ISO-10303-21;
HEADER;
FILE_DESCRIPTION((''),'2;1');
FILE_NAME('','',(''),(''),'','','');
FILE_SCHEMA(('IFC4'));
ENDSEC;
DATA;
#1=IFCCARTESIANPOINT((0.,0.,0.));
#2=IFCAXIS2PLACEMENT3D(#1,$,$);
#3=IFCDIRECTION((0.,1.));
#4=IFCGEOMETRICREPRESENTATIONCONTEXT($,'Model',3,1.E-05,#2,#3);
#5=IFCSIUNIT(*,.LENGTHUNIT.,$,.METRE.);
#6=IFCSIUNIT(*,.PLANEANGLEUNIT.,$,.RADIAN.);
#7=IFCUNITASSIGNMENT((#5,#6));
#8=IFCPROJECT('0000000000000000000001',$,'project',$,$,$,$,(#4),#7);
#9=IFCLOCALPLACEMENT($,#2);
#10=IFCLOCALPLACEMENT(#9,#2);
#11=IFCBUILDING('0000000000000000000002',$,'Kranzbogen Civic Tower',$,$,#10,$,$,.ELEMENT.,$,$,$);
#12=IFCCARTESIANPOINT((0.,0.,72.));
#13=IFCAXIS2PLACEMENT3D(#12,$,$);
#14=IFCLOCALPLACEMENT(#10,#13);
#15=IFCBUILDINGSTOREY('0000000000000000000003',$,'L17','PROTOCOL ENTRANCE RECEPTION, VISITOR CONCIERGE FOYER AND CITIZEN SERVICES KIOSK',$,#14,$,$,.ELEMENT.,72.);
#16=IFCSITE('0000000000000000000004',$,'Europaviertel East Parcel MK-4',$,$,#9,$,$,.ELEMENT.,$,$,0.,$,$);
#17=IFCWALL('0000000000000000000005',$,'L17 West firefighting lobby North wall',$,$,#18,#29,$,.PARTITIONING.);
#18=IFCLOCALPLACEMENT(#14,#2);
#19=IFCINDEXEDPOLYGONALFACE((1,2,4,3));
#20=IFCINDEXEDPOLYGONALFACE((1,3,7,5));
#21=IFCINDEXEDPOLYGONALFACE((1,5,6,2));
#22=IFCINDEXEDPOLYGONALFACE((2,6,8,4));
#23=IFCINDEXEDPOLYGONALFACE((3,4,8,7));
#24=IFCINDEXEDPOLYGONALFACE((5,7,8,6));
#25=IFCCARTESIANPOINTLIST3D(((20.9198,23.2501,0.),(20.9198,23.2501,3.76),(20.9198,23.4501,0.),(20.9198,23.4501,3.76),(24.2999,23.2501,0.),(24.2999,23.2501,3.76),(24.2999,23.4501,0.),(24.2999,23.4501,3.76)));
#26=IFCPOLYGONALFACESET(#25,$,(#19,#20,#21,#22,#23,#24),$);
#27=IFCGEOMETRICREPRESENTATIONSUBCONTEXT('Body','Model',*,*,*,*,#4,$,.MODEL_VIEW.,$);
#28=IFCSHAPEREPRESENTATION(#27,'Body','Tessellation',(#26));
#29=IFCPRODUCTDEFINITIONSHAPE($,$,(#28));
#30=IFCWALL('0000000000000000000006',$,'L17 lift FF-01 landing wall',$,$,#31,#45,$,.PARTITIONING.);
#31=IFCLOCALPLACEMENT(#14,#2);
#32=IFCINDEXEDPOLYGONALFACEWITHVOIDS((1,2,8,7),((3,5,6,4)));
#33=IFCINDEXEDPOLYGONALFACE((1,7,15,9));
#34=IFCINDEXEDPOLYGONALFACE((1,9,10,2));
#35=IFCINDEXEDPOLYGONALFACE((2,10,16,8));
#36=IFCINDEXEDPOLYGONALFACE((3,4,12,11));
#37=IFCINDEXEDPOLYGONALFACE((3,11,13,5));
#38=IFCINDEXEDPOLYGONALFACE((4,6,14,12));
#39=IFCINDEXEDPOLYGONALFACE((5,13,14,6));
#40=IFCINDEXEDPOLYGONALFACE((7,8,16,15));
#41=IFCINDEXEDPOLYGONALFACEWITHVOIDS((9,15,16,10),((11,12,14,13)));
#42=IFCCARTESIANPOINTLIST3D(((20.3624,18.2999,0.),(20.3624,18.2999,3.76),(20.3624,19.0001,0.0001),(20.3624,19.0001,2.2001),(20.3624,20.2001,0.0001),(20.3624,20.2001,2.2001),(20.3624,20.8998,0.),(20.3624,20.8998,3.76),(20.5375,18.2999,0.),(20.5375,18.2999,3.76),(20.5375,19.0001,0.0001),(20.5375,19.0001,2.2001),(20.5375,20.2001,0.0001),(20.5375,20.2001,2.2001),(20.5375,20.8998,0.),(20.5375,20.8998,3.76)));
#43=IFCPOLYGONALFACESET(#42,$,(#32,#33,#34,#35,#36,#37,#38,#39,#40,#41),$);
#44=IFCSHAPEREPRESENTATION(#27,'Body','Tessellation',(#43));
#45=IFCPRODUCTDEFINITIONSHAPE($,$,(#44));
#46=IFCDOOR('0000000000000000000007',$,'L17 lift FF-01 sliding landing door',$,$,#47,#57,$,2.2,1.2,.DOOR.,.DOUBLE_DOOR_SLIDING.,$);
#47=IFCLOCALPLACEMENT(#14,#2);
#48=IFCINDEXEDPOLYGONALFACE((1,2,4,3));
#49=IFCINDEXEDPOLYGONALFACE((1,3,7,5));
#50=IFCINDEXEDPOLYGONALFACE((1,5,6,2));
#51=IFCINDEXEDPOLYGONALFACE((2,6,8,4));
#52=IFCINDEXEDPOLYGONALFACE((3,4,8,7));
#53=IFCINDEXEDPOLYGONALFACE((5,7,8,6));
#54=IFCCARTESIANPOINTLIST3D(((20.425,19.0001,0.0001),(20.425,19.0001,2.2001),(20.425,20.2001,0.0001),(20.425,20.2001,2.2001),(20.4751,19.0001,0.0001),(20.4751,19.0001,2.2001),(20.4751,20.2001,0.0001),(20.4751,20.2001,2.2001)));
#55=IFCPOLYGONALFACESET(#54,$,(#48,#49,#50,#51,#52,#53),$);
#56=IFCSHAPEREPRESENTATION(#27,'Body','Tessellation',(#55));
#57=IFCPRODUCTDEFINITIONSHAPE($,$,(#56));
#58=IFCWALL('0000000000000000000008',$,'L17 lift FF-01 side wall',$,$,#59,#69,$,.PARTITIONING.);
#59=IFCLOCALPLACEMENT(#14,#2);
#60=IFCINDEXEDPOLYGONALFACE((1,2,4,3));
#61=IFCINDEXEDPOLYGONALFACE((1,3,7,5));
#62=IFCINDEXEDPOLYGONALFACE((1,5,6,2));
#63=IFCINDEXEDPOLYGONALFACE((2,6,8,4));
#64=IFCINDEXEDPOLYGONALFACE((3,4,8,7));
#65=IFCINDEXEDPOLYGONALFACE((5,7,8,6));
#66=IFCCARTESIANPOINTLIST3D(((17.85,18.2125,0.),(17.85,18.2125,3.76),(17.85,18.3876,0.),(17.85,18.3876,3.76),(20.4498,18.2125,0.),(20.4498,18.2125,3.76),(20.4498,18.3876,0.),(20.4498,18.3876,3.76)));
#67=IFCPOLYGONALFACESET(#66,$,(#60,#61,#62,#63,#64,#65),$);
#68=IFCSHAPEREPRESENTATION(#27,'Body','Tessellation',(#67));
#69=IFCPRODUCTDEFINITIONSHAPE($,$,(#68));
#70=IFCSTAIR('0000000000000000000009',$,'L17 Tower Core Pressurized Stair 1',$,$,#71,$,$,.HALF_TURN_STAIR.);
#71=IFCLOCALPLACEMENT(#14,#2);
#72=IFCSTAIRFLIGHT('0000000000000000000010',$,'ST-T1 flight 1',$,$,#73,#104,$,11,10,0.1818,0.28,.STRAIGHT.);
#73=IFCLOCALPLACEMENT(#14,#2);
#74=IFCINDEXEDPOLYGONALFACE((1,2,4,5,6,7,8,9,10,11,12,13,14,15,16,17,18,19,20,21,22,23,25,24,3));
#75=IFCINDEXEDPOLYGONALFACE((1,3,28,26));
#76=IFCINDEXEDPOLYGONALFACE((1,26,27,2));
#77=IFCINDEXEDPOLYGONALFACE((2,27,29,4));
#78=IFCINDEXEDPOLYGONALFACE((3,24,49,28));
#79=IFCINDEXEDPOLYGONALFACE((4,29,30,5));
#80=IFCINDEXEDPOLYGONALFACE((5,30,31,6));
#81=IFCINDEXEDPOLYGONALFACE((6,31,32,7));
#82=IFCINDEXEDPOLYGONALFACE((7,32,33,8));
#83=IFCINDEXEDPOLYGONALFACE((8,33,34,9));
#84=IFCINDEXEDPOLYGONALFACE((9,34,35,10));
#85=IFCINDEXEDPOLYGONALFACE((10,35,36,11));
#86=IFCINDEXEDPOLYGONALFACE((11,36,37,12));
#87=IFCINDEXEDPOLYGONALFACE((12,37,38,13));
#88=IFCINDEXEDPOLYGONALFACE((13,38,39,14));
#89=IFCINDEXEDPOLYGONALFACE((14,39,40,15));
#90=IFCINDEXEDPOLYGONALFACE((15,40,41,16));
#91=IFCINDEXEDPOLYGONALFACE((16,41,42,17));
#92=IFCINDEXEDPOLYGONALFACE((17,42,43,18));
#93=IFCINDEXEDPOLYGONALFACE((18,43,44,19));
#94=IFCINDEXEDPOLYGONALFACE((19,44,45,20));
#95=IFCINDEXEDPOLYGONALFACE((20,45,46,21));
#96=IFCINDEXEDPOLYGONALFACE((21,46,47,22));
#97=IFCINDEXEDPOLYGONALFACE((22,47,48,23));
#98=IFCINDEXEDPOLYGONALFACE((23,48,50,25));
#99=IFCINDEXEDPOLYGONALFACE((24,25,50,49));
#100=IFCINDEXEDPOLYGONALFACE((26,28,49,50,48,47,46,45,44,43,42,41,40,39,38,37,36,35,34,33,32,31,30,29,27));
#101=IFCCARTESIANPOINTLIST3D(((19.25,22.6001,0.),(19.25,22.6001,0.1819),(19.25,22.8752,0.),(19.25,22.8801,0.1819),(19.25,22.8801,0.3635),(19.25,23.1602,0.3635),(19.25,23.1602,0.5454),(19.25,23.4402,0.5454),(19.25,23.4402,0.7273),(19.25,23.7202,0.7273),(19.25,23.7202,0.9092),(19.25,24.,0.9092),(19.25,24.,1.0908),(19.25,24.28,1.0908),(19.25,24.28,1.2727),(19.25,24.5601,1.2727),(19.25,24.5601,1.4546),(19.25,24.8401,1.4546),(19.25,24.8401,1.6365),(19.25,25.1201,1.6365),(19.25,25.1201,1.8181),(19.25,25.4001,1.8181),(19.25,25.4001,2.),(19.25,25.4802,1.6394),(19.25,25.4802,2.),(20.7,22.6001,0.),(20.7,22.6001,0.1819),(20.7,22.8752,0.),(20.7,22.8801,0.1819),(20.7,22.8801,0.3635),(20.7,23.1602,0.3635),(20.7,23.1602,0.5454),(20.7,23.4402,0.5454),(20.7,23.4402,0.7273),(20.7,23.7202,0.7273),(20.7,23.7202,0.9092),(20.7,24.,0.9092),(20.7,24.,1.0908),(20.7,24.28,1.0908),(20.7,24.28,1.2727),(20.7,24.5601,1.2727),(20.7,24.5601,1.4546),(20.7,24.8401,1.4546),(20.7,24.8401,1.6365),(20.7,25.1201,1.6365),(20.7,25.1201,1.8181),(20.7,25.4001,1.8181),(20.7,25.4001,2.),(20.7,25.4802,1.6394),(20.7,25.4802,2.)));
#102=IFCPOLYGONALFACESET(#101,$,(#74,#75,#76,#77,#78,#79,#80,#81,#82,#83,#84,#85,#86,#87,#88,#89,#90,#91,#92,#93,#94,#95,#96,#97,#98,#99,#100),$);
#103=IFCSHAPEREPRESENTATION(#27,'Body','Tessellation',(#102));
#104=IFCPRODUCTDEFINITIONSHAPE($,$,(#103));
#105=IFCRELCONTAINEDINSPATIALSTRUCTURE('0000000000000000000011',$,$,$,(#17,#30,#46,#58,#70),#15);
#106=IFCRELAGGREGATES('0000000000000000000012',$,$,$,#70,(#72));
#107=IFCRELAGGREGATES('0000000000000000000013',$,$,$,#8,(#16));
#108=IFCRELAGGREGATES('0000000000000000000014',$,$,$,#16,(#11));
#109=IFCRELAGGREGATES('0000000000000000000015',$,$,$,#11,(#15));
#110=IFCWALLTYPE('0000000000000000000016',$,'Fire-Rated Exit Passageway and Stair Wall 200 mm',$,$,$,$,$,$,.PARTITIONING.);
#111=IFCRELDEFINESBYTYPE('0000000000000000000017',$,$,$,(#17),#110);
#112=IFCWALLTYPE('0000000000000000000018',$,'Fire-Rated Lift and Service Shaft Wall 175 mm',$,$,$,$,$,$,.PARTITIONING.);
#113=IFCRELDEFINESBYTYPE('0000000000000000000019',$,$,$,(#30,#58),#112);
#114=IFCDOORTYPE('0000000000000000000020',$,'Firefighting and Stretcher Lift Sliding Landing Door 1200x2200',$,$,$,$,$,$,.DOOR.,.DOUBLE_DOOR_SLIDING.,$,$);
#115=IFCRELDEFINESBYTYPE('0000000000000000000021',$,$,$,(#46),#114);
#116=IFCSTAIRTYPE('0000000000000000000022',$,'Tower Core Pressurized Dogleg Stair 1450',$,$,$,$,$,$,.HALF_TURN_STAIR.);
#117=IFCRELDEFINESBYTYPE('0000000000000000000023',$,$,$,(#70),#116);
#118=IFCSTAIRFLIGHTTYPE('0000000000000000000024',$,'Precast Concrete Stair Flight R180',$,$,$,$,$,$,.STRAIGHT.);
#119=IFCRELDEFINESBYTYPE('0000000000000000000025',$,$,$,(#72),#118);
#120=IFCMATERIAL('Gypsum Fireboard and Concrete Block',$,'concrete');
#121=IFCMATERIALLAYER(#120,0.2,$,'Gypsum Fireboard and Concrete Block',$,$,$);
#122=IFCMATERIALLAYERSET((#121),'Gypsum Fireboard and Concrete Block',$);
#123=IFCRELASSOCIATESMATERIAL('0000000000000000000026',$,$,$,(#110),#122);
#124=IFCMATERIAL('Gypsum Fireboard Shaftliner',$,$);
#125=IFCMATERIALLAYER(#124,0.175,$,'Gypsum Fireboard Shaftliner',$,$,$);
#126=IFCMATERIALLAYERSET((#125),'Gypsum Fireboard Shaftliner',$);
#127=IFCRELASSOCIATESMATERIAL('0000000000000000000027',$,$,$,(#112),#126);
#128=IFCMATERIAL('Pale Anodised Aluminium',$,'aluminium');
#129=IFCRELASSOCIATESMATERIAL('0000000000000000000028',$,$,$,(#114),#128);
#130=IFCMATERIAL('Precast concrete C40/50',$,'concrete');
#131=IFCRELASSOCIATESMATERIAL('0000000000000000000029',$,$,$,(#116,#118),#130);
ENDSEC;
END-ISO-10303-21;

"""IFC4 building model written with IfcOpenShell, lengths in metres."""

from ifc_helpers import new_model, si_unit, direction, frame, frame_2d, origin, place, context, subcontext, project, spatial, polyline, rectangle, outline, extrude, material, layer, layer_set, type_object, element, fill, aggregate, save


model = new_model("IFC4")

# Units and contexts
model_context = context("Model", 3, precision=1e-05, world=origin(), true_north=direction((0.0, 1.0)))
body_context = subcontext(model_context, "Body", "Model", "MODEL_VIEW")
ifc_project = project(units=[si_unit("LENGTHUNIT", "METRE"), si_unit("PLANEANGLEUNIT", "RADIAN")], contexts=[model_context])

# Site, building, storey
site_placement = place(None, origin())
site = spatial("IfcSite", under=ifc_project, at=site_placement, Name="Europaviertel East Parcel MK-4", CompositionType="ELEMENT", RefElevation=0.0)
building_placement = place(site_placement, origin())
building = spatial("IfcBuilding", under=site, at=building_placement, Name="Kranzbogen Civic Tower", CompositionType="ELEMENT")
storey_placement = place(building_placement, frame((0.0, 0.0, 72.0)))
storey = spatial("IfcBuildingStorey", under=building, at=storey_placement, Name="L17", Description="PROTOCOL ENTRANCE RECEPTION, VISITOR CONCIERGE FOYER AND CITIZEN SERVICES KIOSK", CompositionType="ELEMENT", Elevation=72.0)

# Shared definitions
ifc_material_1 = material(Name="Pale Anodised Aluminium", Category="aluminium")

# Wall
ifc_material_2 = material(Name="Gypsum Fireboard and Concrete Block", Category="concrete")
ifc_layer_1 = layer(ifc_material_2, 0.2, Name="Gypsum Fireboard and Concrete Block")
ifc_layer_set_1 = layer_set([ifc_layer_1], Name="Gypsum Fireboard and Concrete Block")
wall_type_1 = type_object("IfcWallType", Name="Fire-Rated Exit Passageway and Stair Wall 200 mm", PredefinedType="PARTITIONING", material=ifc_layer_set_1)
wall_1_placement = place(storey_placement, frame((20.9199, 23.3501, 0.0), z_axis=(0.0, 0.0, 1.0), x_axis=(1.0, 0.0, 0.0)))
element("IfcWall", 1, at=wall_1_placement, inside=storey, type_object=wall_type_1, Name="L17 West firefighting lobby North wall", PredefinedType="PARTITIONING", context=body_context, shape_type="SweptSolid", body=[
    extrude(rectangle(XDim=3.3801, YDim=0.2, at=frame_2d((1.6899, 0.0))), origin(), (0.0, 0.0, 1.0), 3.76),
])

# Wall, opening, door
ifc_material_3 = material(Name="Gypsum Fireboard Shaftliner")
ifc_layer_2 = layer(ifc_material_3, 0.175, Name="Gypsum Fireboard Shaftliner")
ifc_layer_set_2 = layer_set([ifc_layer_2], Name="Gypsum Fireboard Shaftliner")
wall_type_2 = type_object("IfcWallType", Name="Fire-Rated Lift and Service Shaft Wall 175 mm", PredefinedType="PARTITIONING", material=ifc_layer_set_2)
wall_2_placement = place(storey_placement, frame((20.45, 18.3, 0.0), z_axis=(0.0, 0.0, 1.0), x_axis=(0.0, 1.0, 0.0)))
wall_2 = element("IfcWall", 2, at=wall_2_placement, inside=storey, type_object=wall_type_2, Name="L17 lift FF-01 landing wall", PredefinedType="PARTITIONING", context=body_context, shape_type="SweptSolid", body=[
    extrude(rectangle(XDim=2.5999, YDim=0.175, at=frame_2d((1.2998, 0.0))), origin(), (0.0, 0.0, 1.0), 3.76),
])
opening_1_placement = place(wall_2_placement, frame((0.7, 0.0, 0.0)))
opening_1 = element("IfcOpeningElement", 3, at=opening_1_placement, cuts=wall_2, PredefinedType="OPENING", context=body_context, shape_type="SweptSolid", body=[
    extrude(rectangle(XDim=1.2, YDim=2.2, at=frame_2d((0.6001, 1.1001))), frame((0.0, 0.0977, 0.0), z_axis=(0.0, -1.0, 0.0), x_axis=(1.0, 0.0, 0.0)), (0.0, 0.0, 1.0), 0.1951),
])
door_type_1 = type_object("IfcDoorType", Name="Firefighting and Stretcher Lift Sliding Landing Door 1200x2200", OperationType="DOUBLE_DOOR_SLIDING", PredefinedType="DOOR", material=ifc_material_1)
door_1_placement = place(opening_1_placement, origin())
door_1 = element("IfcDoor", 4, at=door_1_placement, inside=storey, type_object=door_type_1, Name="L17 lift FF-01 sliding landing door", OperationType="DOUBLE_DOOR_SLIDING", OverallHeight=2.2, OverallWidth=1.2, PredefinedType="DOOR", context=body_context, shape_type="SweptSolid", body=[
    extrude(rectangle(XDim=1.2, YDim=2.2, at=frame_2d((0.6001, 1.1001))), frame((0.0, 0.0249, 0.0), z_axis=(0.0, -1.0, 0.0), x_axis=(1.0, 0.0, 0.0)), (0.0, 0.0, 1.0), 0.05),
])
fill(opening_1, door_1)

# Wall
wall_3_placement = place(storey_placement, frame((17.8501, 18.3, 0.0), z_axis=(0.0, 0.0, 1.0), x_axis=(1.0, 0.0, 0.0)))
element("IfcWall", 5, at=wall_3_placement, inside=storey, type_object=wall_type_2, Name="L17 lift FF-01 side wall", PredefinedType="PARTITIONING", context=body_context, shape_type="SweptSolid", body=[
    extrude(rectangle(XDim=2.5999, YDim=0.175, at=frame_2d((1.2998, 0.0))), origin(), (0.0, 0.0, 1.0), 3.76),
])

# Stair, stair flight
ifc_material_4 = material(Name="Precast concrete C40/50", Category="concrete")
stair_type = type_object("IfcStairType", Name="Tower Core Pressurized Dogleg Stair 1450", PredefinedType="HALF_TURN_STAIR", material=ifc_material_4)
stair_placement = place(storey_placement, origin())
stair = element("IfcStair", 6, at=stair_placement, inside=storey, type_object=stair_type, Name="L17 Tower Core Pressurized Stair 1", PredefinedType="HALF_TURN_STAIR")
stair_flight_type = type_object("IfcStairFlightType", Name="Precast Concrete Stair Flight R180", PredefinedType="STRAIGHT", material=ifc_material_4)
stair_flight_placement = place(storey_placement, frame((19.9751, 22.6001, 0.0), z_axis=(0.0, 0.0, 1.0), x_axis=(0.0, 1.0, 0.0)))
stair_flight = element("IfcStairFlight", 7, at=stair_flight_placement, type_object=stair_flight_type, Name="ST-T1 flight 1", NumberOfRisers=11, NumberOfTreads=10, PredefinedType="STRAIGHT", RiserHeight=0.1818, TreadLength=0.28, context=body_context, shape_type="SweptSolid", body=[
    extrude(outline(polyline([(0.0, 0.0), (0.0, 0.1819), (0.28, 0.1819), (0.28, 0.3635), (0.5601, 0.3635), (0.5601, 0.5454), (0.8401, 0.5454), (0.8401, 0.7273), (1.1201, 0.7273), (1.1201, 0.9092), (1.3999, 0.9092), (1.3999, 1.0908), (1.6799, 1.0908), (1.6799, 1.2727), (1.96, 1.2727), (1.96, 1.4546), (2.24, 1.4546), (2.24, 1.6365), (2.52, 1.6365), (2.52, 1.8181), (2.8, 1.8181), (2.8, 2.0), (2.8801, 2.0), (2.8801, 1.6394), (0.2751, 0.0), (0.0, 0.0)])), frame((0.0, 0.7251, 0.0), z_axis=(0.0, -1.0, 0.0), x_axis=(1.0, 0.0, 0.0)), (0.0, 0.0, 1.0), 1.45),
])
aggregate(stair, [stair_flight])

save(model, "model.ifc")
